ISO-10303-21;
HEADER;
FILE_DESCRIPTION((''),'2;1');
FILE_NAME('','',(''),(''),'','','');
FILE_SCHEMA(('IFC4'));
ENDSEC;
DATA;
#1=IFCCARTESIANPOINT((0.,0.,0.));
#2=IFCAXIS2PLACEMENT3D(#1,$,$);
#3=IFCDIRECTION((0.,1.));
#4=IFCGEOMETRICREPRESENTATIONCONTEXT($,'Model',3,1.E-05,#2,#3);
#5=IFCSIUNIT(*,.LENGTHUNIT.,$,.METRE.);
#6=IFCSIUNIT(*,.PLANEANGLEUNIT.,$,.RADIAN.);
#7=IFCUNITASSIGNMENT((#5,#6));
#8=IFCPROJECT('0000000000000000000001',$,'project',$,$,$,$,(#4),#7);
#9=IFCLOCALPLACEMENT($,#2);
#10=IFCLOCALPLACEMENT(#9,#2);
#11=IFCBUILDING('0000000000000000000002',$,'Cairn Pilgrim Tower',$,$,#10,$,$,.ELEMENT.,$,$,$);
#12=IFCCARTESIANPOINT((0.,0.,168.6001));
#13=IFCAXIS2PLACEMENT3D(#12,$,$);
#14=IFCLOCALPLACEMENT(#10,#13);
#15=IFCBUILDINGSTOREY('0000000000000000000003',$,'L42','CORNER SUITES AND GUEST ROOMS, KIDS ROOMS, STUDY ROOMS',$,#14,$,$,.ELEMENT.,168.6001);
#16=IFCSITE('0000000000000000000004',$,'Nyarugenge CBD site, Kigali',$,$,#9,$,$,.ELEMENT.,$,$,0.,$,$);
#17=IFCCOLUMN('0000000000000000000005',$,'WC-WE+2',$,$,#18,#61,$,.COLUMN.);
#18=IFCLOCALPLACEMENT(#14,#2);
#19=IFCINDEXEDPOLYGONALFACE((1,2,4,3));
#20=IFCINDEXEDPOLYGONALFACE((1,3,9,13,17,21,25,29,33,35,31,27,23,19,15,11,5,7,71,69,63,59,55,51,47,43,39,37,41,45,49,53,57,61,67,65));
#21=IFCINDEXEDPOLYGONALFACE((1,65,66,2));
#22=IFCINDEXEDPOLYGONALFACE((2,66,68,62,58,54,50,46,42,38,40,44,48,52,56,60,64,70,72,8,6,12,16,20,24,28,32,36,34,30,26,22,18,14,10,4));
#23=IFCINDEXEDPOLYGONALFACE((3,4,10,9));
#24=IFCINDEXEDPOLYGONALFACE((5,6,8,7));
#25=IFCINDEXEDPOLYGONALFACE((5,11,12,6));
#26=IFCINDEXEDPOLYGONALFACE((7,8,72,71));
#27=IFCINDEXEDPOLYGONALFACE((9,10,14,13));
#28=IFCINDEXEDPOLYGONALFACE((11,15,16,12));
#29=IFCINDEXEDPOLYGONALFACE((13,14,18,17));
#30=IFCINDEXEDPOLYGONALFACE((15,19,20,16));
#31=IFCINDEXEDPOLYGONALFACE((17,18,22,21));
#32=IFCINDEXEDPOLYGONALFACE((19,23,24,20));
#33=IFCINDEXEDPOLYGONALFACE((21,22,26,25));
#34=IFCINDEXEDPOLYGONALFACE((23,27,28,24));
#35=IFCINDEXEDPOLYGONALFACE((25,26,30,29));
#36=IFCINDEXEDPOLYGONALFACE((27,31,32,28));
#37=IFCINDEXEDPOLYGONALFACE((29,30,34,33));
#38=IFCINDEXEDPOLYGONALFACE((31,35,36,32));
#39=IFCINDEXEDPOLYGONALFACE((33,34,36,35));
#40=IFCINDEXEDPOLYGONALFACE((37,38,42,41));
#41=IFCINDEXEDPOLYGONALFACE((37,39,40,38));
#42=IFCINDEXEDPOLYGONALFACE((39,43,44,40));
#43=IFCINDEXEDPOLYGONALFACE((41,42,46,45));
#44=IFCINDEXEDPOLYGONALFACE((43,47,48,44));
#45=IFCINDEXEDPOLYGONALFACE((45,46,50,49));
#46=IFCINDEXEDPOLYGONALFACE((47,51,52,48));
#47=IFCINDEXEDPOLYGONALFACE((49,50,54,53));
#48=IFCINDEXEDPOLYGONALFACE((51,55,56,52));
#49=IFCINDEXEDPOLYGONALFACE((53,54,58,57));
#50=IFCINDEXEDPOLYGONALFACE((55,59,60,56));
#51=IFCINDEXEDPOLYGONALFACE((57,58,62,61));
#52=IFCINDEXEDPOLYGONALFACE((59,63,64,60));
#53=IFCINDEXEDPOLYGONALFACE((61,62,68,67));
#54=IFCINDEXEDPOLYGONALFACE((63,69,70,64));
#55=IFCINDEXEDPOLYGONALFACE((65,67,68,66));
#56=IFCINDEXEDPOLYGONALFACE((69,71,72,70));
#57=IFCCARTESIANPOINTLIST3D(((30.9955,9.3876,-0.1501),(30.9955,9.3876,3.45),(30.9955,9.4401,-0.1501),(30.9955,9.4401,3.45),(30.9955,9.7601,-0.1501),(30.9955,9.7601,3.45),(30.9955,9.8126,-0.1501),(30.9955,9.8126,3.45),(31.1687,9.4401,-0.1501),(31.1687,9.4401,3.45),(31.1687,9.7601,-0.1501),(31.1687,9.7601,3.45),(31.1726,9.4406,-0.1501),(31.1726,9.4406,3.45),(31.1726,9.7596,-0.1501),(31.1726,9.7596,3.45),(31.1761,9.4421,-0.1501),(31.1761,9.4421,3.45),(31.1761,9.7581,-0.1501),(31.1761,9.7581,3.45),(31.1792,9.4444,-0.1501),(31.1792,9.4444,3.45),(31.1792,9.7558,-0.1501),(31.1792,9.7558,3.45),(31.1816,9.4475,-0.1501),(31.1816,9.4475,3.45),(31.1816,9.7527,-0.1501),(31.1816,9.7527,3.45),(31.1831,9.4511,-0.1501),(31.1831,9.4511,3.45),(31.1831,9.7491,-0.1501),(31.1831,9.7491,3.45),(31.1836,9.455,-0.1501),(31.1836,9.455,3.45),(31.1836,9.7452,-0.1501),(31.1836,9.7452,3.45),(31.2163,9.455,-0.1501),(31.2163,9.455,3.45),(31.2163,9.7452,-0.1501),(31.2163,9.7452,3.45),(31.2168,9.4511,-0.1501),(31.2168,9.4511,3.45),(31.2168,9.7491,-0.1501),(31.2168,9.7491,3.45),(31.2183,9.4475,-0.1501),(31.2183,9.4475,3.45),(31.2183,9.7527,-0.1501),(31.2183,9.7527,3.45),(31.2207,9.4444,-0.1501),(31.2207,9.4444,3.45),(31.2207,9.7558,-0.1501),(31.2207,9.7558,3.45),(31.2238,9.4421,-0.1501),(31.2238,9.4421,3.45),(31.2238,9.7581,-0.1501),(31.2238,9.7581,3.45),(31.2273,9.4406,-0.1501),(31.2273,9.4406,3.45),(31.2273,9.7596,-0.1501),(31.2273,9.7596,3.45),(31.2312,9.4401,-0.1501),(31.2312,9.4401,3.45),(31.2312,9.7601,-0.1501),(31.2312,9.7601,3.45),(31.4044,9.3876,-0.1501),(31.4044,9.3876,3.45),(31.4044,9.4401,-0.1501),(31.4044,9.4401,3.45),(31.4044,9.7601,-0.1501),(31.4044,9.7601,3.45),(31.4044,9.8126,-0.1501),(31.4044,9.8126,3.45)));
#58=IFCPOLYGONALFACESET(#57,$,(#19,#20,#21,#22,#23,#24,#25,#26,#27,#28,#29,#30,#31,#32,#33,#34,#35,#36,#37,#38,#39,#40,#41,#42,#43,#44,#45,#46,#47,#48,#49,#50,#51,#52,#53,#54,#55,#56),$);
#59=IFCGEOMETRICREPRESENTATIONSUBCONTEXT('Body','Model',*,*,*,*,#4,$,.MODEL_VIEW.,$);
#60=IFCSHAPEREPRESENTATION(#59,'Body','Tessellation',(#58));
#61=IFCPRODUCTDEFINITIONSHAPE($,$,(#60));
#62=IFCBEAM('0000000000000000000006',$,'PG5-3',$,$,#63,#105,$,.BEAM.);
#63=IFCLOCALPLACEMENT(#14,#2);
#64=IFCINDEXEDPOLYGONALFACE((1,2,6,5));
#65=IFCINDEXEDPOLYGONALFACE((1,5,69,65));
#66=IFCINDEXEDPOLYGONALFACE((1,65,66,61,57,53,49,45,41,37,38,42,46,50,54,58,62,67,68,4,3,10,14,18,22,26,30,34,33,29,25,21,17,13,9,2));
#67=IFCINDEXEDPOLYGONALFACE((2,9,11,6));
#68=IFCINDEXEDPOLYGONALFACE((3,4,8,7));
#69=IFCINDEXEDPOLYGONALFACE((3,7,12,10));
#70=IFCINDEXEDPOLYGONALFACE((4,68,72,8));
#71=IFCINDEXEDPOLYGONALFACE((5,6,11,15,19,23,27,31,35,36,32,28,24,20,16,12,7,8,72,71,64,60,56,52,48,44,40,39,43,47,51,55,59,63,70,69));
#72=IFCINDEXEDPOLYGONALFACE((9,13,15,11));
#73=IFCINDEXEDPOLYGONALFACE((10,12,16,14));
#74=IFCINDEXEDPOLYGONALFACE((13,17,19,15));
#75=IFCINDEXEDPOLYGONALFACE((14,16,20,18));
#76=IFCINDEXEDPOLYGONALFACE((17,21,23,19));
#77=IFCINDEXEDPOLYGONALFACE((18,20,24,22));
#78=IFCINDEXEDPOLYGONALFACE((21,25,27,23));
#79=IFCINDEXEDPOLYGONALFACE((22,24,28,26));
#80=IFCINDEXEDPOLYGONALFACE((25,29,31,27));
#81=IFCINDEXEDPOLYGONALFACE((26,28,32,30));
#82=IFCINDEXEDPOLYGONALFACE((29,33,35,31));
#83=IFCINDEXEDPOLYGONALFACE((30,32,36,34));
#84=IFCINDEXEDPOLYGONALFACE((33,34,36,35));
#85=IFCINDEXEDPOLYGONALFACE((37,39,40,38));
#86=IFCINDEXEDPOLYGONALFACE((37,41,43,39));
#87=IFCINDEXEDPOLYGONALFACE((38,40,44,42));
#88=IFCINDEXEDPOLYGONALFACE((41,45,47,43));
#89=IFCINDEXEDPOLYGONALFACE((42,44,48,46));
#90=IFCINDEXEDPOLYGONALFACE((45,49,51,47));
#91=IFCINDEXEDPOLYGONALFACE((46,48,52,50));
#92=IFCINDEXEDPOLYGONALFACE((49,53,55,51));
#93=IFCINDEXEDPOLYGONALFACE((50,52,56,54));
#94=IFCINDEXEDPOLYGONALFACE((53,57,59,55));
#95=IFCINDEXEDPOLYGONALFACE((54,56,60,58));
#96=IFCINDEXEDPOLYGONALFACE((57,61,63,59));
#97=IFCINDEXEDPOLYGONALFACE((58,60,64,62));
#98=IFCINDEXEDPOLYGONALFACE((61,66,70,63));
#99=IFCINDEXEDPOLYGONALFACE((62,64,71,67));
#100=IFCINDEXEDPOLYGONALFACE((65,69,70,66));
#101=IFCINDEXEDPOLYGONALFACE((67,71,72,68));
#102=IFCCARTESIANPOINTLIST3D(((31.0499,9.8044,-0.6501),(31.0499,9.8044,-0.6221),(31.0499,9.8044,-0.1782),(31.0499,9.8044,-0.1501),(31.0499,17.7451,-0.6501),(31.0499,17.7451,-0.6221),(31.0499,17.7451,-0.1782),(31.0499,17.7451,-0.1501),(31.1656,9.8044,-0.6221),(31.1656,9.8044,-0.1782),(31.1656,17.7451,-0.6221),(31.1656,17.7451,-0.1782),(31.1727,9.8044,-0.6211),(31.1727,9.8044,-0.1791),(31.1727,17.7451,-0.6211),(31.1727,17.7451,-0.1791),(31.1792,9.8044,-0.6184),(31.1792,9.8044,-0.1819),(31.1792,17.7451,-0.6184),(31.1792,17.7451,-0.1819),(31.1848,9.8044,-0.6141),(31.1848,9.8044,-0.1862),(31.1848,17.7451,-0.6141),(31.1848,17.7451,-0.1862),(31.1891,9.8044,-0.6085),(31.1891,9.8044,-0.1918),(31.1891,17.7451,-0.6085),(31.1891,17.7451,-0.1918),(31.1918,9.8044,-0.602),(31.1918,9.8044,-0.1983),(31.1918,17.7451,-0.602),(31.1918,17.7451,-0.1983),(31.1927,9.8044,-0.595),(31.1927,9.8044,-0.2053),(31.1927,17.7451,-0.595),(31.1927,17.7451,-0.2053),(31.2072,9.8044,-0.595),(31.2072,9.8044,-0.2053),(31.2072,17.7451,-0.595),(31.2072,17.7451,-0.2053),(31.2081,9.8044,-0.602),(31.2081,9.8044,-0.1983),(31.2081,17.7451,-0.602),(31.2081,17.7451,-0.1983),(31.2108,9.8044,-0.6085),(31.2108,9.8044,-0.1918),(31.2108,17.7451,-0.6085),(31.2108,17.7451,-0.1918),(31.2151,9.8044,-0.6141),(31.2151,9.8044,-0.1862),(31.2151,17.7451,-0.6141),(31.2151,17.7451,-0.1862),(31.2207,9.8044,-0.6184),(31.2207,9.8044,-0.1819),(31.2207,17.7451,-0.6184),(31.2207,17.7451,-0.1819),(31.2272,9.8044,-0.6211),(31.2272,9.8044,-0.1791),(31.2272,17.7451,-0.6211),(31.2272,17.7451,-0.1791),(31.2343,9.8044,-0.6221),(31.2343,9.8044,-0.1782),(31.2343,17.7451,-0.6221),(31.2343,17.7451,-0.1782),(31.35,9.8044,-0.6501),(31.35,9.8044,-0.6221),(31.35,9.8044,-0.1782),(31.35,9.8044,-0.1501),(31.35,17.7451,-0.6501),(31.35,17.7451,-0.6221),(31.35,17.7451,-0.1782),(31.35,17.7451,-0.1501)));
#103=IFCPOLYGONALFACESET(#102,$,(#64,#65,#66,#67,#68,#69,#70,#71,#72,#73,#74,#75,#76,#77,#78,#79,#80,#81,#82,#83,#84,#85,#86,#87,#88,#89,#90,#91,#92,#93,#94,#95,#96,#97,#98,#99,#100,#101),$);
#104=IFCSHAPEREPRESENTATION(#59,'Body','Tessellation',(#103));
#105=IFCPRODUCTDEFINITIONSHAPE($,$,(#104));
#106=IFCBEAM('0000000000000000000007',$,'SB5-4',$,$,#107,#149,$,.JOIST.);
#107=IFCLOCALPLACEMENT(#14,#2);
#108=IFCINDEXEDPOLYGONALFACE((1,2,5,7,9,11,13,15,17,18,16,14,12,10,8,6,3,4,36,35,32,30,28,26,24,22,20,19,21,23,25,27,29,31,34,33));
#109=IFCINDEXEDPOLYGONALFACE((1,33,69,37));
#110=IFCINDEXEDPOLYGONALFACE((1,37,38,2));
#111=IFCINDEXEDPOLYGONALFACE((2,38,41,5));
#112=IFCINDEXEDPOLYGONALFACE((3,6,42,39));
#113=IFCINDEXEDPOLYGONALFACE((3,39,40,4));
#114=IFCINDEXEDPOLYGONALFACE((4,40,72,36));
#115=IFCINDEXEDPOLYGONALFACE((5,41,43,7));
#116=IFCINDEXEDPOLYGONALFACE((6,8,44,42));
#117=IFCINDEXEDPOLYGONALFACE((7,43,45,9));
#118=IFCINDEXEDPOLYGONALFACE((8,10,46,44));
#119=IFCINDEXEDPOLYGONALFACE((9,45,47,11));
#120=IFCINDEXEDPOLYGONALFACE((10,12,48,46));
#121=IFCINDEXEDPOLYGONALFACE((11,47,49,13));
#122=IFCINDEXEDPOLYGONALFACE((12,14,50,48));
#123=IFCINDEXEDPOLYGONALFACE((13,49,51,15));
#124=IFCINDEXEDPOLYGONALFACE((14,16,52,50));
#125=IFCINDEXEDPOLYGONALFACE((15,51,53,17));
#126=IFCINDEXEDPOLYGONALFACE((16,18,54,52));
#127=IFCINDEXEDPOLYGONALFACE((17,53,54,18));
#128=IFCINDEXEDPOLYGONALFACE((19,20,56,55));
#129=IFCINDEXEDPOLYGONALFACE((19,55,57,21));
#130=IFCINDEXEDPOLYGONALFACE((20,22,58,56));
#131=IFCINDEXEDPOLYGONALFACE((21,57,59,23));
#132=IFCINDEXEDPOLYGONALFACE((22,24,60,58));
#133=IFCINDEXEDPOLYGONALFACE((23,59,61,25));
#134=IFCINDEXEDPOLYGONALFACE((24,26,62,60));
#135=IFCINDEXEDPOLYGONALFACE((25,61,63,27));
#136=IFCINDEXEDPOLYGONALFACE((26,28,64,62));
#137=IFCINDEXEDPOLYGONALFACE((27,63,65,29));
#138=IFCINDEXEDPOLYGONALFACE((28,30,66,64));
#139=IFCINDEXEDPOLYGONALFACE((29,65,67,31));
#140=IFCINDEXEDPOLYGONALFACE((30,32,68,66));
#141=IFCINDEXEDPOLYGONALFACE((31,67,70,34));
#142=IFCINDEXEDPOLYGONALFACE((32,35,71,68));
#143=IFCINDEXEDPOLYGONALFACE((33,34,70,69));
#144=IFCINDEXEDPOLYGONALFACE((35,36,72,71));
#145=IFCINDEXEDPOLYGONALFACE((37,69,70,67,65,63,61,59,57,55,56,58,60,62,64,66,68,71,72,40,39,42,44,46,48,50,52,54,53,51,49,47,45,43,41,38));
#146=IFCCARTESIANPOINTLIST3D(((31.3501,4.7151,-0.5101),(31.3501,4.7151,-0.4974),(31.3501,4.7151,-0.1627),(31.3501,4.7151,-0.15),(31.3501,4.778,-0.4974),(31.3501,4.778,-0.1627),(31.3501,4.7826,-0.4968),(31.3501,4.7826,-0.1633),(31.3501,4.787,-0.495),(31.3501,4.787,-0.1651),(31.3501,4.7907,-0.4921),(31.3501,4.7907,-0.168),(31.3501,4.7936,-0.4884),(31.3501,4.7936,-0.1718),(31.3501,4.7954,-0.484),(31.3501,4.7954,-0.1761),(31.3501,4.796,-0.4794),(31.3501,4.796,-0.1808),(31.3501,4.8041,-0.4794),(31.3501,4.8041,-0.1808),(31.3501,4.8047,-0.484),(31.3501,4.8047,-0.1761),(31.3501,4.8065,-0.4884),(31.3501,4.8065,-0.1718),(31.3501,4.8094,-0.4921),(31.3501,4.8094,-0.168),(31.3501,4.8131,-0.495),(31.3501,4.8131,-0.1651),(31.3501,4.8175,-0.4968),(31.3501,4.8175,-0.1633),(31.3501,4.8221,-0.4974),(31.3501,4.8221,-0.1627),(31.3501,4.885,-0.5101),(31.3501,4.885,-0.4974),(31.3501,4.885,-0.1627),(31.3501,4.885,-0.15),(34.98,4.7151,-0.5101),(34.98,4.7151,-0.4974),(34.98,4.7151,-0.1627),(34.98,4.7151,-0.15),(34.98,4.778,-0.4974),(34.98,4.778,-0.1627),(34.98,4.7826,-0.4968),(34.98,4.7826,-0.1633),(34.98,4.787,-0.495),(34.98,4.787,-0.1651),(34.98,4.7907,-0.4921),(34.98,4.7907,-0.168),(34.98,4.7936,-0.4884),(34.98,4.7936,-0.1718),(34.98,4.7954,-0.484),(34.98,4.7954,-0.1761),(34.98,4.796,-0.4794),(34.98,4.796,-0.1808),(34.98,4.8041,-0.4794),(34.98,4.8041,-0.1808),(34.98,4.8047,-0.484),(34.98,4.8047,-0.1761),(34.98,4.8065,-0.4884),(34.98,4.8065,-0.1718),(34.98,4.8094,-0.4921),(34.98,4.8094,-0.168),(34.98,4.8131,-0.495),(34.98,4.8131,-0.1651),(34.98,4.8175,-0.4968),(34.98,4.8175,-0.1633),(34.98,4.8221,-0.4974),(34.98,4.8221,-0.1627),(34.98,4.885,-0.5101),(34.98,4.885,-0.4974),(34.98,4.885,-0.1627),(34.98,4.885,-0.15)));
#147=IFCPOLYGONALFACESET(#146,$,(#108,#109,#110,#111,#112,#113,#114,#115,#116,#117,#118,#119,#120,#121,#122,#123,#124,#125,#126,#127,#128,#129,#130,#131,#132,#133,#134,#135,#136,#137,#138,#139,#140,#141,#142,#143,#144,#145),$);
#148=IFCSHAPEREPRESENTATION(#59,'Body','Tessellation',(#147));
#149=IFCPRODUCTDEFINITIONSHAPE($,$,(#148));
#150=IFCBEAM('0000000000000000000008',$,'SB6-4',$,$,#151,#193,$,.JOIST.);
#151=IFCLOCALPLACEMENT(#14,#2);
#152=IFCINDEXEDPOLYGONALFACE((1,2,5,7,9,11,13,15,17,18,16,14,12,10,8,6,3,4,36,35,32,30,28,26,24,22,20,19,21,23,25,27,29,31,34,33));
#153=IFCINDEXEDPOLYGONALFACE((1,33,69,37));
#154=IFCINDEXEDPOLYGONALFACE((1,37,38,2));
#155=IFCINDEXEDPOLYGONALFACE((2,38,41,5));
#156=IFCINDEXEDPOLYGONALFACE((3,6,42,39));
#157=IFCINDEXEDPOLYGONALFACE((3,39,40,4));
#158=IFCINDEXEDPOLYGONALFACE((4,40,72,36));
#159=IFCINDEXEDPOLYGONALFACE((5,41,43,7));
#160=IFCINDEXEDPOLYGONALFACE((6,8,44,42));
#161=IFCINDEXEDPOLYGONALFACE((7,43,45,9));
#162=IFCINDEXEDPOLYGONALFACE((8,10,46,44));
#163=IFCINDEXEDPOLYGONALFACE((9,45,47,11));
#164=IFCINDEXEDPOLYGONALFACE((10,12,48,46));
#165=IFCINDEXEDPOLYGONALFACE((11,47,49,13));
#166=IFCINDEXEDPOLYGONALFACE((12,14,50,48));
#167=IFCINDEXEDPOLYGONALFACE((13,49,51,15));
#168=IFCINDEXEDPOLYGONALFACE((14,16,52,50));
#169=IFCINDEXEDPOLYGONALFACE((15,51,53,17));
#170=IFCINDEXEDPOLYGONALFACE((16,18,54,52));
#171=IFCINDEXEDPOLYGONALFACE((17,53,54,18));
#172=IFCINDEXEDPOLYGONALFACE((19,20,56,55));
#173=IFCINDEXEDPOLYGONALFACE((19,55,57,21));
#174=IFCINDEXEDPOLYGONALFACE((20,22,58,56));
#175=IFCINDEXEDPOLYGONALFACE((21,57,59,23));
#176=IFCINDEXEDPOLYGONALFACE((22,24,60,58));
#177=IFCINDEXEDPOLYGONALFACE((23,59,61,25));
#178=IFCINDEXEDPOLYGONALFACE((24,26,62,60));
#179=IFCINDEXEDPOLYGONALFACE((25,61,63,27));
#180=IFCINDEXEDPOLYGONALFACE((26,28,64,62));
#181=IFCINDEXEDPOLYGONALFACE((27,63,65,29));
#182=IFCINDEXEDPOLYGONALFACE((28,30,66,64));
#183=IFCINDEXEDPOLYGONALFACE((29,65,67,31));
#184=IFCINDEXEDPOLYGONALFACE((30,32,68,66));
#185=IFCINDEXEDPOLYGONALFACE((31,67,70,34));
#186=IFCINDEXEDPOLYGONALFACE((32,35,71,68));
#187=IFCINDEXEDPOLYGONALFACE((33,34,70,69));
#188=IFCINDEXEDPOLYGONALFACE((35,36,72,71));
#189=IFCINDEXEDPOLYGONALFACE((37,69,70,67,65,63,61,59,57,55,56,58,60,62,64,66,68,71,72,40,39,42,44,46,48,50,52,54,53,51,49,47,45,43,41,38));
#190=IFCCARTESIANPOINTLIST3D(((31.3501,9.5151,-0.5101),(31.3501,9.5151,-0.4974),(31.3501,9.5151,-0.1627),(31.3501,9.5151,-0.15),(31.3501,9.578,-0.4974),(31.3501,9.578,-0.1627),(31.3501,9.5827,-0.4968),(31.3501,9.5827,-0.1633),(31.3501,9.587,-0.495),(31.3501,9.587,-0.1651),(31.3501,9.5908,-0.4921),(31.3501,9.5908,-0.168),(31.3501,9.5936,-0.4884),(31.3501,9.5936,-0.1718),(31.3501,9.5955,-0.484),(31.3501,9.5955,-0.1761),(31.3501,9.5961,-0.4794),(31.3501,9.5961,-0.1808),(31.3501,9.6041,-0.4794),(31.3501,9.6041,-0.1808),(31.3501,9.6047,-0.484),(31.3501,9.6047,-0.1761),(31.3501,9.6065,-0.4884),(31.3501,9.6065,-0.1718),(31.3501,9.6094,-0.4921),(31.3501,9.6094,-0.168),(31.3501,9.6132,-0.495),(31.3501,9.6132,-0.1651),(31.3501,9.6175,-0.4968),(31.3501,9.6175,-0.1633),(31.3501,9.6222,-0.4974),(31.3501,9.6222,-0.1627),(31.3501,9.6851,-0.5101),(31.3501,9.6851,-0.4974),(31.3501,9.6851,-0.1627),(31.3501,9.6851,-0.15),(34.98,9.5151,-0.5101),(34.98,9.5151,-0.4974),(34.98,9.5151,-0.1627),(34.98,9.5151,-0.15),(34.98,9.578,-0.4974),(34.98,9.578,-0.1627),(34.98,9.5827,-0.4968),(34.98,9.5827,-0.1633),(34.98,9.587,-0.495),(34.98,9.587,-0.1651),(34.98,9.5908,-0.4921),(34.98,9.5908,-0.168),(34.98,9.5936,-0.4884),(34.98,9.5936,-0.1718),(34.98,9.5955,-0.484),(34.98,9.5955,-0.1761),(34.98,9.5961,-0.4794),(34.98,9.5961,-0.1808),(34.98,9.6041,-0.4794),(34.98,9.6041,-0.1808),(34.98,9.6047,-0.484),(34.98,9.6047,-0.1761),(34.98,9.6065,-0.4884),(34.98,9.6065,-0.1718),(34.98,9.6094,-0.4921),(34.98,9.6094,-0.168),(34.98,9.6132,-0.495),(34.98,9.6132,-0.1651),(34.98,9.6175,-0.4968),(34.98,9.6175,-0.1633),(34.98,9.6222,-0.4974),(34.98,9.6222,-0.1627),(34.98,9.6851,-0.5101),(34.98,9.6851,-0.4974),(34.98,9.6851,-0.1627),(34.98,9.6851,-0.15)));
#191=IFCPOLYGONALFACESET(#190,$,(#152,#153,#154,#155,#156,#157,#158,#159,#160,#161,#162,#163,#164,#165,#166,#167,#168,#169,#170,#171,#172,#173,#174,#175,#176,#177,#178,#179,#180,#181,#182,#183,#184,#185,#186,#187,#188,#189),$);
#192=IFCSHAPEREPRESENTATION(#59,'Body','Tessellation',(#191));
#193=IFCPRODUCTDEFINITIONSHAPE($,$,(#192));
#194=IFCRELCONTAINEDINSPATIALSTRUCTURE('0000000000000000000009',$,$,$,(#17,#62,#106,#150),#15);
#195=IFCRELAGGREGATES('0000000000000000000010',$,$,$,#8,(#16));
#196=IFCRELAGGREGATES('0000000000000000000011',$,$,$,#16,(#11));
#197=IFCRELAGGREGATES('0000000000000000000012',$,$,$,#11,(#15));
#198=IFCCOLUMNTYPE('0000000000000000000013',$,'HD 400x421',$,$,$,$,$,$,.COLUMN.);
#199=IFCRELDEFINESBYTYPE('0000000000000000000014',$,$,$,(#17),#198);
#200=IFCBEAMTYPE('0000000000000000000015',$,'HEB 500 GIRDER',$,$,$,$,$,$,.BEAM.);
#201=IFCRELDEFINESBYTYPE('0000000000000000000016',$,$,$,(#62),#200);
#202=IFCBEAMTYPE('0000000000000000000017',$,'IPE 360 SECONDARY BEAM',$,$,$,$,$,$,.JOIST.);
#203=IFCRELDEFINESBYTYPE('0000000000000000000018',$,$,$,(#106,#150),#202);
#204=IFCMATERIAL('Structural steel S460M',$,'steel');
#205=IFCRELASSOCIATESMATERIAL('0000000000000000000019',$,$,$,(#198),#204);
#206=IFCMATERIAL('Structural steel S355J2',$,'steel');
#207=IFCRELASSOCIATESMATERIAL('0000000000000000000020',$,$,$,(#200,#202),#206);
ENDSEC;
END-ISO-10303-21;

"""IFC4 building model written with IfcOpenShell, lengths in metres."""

from ifc_helpers import new_model, si_unit, direction, frame, origin, origin_2d, place, context, subcontext, project, spatial, i_section, extrude, material, material_profile, profile_set, type_object, element, save


model = new_model("IFC4")

# Units and contexts
model_context = context("Model", 3, precision=1e-05, world=origin(), true_north=direction((0.0, 1.0)))
body_context = subcontext(model_context, "Body", "Model", "MODEL_VIEW")
ifc_project = project(units=[si_unit("LENGTHUNIT", "METRE"), si_unit("PLANEANGLEUNIT", "RADIAN")], contexts=[model_context])

# Site, building, storey
site_placement = place(None, origin())
site = spatial("IfcSite", under=ifc_project, at=site_placement, Name="Nyarugenge CBD site, Kigali", CompositionType="ELEMENT", RefElevation=0.0)
building_placement = place(site_placement, origin())
building = spatial("IfcBuilding", under=site, at=building_placement, Name="Cairn Pilgrim Tower", CompositionType="ELEMENT")
storey_placement = place(building_placement, frame((0.0, 0.0, 168.6001)))
storey = spatial("IfcBuildingStorey", under=building, at=storey_placement, Name="L42", Description="CORNER SUITES AND GUEST ROOMS, KIDS ROOMS, STUDY ROOMS", CompositionType="ELEMENT", Elevation=168.6001)

# Column
ifc_material_1 = material(Name="Structural steel S460M", Category="steel")
ifc_material_profile_1 = material_profile(ifc_material_1, i_section(OverallWidth=0.4089, OverallDepth=0.425, WebThickness=0.0327, FlangeThickness=0.0525, FilletRadius=0.0149, at=origin_2d()), Name="HD 400x421")
ifc_profile_set_1 = profile_set([ifc_material_profile_1], Name="Structural steel S460M")
column_type = type_object("IfcColumnType", Name="HD 400x421", PredefinedType="COLUMN", material=ifc_profile_set_1)
column_placement = place(storey_placement, frame((31.2, 9.6001, -0.1501), z_axis=(0.0, 0.0, 1.0), x_axis=(1.0, 0.0, 0.0)))
element("IfcColumn", 1, at=column_placement, inside=storey, type_object=column_type, Name="WC-WE+2", PredefinedType="COLUMN", context=body_context, shape_type="SweptSolid", body=[
    extrude(i_section(OverallWidth=0.4089, OverallDepth=0.425, WebThickness=0.0327, FlangeThickness=0.0525, FilletRadius=0.0149, at=origin_2d()), origin(), (0.0, 0.0, 1.0), 3.6001),
])

# Beams
ifc_material_2 = material(Name="Structural steel S355J2", Category="steel")
ifc_material_profile_2 = material_profile(ifc_material_2, i_section(OverallWidth=0.3, OverallDepth=0.5, WebThickness=0.0144, FlangeThickness=0.0281, FilletRadius=0.0271, at=origin_2d()), Name="HEB 500")
ifc_profile_set_2 = profile_set([ifc_material_profile_2], Name="Structural steel S355J2")
beam_type_1 = type_object("IfcBeamType", Name="HEB 500 GIRDER", PredefinedType="BEAM", material=ifc_profile_set_2)
beam_1_placement = place(storey_placement, frame((31.2, 9.8044, -0.4001), z_axis=(0.0, 1.0, 0.0), x_axis=(-1.0, 0.0, 0.0)))
element("IfcBeam", 2, at=beam_1_placement, inside=storey, type_object=beam_type_1, Name="PG5-3", PredefinedType="BEAM", context=body_context, shape_type="SweptSolid", body=[
    extrude(i_section(OverallWidth=0.3, OverallDepth=0.5, WebThickness=0.0144, FlangeThickness=0.0281, FilletRadius=0.0271, at=origin_2d()), origin(), (0.0, 0.0, 1.0), 7.9407),
])
ifc_material_profile_3 = material_profile(ifc_material_2, i_section(OverallWidth=0.1699, OverallDepth=0.3601, WebThickness=0.0081, FlangeThickness=0.0127, FilletRadius=0.0181, at=origin_2d()), Name="IPE 360")
ifc_profile_set_3 = profile_set([ifc_material_profile_3], Name="Structural steel S355J2")
beam_type_2 = type_object("IfcBeamType", Name="IPE 360 SECONDARY BEAM", PredefinedType="JOIST", material=ifc_profile_set_3)
for number, where, z_axis, x_axis, name in (
    (3, (31.3501, 4.8, -0.3301), (1.0, 0.0, 0.0), (0.0, 1.0, 0.0), "SB5-4"),
    (4, (31.3501, 9.6001, -0.3301), (1.0, 0.0, 0.0), (0.0, 1.0, 0.0), "SB6-4"),
):
    element("IfcBeam", number, at=place(storey_placement, frame(where, z_axis=z_axis, x_axis=x_axis)), inside=storey, type_object=beam_type_2, Name=name, PredefinedType="JOIST", context=body_context, shape_type="SweptSolid", body=[
        extrude(i_section(OverallWidth=0.1699, OverallDepth=0.3601, WebThickness=0.0081, FlangeThickness=0.0127, FilletRadius=0.0181, at=origin_2d()), origin(), (0.0, 0.0, 1.0), 3.6299),
    ])

save(model, "model.ifc")
